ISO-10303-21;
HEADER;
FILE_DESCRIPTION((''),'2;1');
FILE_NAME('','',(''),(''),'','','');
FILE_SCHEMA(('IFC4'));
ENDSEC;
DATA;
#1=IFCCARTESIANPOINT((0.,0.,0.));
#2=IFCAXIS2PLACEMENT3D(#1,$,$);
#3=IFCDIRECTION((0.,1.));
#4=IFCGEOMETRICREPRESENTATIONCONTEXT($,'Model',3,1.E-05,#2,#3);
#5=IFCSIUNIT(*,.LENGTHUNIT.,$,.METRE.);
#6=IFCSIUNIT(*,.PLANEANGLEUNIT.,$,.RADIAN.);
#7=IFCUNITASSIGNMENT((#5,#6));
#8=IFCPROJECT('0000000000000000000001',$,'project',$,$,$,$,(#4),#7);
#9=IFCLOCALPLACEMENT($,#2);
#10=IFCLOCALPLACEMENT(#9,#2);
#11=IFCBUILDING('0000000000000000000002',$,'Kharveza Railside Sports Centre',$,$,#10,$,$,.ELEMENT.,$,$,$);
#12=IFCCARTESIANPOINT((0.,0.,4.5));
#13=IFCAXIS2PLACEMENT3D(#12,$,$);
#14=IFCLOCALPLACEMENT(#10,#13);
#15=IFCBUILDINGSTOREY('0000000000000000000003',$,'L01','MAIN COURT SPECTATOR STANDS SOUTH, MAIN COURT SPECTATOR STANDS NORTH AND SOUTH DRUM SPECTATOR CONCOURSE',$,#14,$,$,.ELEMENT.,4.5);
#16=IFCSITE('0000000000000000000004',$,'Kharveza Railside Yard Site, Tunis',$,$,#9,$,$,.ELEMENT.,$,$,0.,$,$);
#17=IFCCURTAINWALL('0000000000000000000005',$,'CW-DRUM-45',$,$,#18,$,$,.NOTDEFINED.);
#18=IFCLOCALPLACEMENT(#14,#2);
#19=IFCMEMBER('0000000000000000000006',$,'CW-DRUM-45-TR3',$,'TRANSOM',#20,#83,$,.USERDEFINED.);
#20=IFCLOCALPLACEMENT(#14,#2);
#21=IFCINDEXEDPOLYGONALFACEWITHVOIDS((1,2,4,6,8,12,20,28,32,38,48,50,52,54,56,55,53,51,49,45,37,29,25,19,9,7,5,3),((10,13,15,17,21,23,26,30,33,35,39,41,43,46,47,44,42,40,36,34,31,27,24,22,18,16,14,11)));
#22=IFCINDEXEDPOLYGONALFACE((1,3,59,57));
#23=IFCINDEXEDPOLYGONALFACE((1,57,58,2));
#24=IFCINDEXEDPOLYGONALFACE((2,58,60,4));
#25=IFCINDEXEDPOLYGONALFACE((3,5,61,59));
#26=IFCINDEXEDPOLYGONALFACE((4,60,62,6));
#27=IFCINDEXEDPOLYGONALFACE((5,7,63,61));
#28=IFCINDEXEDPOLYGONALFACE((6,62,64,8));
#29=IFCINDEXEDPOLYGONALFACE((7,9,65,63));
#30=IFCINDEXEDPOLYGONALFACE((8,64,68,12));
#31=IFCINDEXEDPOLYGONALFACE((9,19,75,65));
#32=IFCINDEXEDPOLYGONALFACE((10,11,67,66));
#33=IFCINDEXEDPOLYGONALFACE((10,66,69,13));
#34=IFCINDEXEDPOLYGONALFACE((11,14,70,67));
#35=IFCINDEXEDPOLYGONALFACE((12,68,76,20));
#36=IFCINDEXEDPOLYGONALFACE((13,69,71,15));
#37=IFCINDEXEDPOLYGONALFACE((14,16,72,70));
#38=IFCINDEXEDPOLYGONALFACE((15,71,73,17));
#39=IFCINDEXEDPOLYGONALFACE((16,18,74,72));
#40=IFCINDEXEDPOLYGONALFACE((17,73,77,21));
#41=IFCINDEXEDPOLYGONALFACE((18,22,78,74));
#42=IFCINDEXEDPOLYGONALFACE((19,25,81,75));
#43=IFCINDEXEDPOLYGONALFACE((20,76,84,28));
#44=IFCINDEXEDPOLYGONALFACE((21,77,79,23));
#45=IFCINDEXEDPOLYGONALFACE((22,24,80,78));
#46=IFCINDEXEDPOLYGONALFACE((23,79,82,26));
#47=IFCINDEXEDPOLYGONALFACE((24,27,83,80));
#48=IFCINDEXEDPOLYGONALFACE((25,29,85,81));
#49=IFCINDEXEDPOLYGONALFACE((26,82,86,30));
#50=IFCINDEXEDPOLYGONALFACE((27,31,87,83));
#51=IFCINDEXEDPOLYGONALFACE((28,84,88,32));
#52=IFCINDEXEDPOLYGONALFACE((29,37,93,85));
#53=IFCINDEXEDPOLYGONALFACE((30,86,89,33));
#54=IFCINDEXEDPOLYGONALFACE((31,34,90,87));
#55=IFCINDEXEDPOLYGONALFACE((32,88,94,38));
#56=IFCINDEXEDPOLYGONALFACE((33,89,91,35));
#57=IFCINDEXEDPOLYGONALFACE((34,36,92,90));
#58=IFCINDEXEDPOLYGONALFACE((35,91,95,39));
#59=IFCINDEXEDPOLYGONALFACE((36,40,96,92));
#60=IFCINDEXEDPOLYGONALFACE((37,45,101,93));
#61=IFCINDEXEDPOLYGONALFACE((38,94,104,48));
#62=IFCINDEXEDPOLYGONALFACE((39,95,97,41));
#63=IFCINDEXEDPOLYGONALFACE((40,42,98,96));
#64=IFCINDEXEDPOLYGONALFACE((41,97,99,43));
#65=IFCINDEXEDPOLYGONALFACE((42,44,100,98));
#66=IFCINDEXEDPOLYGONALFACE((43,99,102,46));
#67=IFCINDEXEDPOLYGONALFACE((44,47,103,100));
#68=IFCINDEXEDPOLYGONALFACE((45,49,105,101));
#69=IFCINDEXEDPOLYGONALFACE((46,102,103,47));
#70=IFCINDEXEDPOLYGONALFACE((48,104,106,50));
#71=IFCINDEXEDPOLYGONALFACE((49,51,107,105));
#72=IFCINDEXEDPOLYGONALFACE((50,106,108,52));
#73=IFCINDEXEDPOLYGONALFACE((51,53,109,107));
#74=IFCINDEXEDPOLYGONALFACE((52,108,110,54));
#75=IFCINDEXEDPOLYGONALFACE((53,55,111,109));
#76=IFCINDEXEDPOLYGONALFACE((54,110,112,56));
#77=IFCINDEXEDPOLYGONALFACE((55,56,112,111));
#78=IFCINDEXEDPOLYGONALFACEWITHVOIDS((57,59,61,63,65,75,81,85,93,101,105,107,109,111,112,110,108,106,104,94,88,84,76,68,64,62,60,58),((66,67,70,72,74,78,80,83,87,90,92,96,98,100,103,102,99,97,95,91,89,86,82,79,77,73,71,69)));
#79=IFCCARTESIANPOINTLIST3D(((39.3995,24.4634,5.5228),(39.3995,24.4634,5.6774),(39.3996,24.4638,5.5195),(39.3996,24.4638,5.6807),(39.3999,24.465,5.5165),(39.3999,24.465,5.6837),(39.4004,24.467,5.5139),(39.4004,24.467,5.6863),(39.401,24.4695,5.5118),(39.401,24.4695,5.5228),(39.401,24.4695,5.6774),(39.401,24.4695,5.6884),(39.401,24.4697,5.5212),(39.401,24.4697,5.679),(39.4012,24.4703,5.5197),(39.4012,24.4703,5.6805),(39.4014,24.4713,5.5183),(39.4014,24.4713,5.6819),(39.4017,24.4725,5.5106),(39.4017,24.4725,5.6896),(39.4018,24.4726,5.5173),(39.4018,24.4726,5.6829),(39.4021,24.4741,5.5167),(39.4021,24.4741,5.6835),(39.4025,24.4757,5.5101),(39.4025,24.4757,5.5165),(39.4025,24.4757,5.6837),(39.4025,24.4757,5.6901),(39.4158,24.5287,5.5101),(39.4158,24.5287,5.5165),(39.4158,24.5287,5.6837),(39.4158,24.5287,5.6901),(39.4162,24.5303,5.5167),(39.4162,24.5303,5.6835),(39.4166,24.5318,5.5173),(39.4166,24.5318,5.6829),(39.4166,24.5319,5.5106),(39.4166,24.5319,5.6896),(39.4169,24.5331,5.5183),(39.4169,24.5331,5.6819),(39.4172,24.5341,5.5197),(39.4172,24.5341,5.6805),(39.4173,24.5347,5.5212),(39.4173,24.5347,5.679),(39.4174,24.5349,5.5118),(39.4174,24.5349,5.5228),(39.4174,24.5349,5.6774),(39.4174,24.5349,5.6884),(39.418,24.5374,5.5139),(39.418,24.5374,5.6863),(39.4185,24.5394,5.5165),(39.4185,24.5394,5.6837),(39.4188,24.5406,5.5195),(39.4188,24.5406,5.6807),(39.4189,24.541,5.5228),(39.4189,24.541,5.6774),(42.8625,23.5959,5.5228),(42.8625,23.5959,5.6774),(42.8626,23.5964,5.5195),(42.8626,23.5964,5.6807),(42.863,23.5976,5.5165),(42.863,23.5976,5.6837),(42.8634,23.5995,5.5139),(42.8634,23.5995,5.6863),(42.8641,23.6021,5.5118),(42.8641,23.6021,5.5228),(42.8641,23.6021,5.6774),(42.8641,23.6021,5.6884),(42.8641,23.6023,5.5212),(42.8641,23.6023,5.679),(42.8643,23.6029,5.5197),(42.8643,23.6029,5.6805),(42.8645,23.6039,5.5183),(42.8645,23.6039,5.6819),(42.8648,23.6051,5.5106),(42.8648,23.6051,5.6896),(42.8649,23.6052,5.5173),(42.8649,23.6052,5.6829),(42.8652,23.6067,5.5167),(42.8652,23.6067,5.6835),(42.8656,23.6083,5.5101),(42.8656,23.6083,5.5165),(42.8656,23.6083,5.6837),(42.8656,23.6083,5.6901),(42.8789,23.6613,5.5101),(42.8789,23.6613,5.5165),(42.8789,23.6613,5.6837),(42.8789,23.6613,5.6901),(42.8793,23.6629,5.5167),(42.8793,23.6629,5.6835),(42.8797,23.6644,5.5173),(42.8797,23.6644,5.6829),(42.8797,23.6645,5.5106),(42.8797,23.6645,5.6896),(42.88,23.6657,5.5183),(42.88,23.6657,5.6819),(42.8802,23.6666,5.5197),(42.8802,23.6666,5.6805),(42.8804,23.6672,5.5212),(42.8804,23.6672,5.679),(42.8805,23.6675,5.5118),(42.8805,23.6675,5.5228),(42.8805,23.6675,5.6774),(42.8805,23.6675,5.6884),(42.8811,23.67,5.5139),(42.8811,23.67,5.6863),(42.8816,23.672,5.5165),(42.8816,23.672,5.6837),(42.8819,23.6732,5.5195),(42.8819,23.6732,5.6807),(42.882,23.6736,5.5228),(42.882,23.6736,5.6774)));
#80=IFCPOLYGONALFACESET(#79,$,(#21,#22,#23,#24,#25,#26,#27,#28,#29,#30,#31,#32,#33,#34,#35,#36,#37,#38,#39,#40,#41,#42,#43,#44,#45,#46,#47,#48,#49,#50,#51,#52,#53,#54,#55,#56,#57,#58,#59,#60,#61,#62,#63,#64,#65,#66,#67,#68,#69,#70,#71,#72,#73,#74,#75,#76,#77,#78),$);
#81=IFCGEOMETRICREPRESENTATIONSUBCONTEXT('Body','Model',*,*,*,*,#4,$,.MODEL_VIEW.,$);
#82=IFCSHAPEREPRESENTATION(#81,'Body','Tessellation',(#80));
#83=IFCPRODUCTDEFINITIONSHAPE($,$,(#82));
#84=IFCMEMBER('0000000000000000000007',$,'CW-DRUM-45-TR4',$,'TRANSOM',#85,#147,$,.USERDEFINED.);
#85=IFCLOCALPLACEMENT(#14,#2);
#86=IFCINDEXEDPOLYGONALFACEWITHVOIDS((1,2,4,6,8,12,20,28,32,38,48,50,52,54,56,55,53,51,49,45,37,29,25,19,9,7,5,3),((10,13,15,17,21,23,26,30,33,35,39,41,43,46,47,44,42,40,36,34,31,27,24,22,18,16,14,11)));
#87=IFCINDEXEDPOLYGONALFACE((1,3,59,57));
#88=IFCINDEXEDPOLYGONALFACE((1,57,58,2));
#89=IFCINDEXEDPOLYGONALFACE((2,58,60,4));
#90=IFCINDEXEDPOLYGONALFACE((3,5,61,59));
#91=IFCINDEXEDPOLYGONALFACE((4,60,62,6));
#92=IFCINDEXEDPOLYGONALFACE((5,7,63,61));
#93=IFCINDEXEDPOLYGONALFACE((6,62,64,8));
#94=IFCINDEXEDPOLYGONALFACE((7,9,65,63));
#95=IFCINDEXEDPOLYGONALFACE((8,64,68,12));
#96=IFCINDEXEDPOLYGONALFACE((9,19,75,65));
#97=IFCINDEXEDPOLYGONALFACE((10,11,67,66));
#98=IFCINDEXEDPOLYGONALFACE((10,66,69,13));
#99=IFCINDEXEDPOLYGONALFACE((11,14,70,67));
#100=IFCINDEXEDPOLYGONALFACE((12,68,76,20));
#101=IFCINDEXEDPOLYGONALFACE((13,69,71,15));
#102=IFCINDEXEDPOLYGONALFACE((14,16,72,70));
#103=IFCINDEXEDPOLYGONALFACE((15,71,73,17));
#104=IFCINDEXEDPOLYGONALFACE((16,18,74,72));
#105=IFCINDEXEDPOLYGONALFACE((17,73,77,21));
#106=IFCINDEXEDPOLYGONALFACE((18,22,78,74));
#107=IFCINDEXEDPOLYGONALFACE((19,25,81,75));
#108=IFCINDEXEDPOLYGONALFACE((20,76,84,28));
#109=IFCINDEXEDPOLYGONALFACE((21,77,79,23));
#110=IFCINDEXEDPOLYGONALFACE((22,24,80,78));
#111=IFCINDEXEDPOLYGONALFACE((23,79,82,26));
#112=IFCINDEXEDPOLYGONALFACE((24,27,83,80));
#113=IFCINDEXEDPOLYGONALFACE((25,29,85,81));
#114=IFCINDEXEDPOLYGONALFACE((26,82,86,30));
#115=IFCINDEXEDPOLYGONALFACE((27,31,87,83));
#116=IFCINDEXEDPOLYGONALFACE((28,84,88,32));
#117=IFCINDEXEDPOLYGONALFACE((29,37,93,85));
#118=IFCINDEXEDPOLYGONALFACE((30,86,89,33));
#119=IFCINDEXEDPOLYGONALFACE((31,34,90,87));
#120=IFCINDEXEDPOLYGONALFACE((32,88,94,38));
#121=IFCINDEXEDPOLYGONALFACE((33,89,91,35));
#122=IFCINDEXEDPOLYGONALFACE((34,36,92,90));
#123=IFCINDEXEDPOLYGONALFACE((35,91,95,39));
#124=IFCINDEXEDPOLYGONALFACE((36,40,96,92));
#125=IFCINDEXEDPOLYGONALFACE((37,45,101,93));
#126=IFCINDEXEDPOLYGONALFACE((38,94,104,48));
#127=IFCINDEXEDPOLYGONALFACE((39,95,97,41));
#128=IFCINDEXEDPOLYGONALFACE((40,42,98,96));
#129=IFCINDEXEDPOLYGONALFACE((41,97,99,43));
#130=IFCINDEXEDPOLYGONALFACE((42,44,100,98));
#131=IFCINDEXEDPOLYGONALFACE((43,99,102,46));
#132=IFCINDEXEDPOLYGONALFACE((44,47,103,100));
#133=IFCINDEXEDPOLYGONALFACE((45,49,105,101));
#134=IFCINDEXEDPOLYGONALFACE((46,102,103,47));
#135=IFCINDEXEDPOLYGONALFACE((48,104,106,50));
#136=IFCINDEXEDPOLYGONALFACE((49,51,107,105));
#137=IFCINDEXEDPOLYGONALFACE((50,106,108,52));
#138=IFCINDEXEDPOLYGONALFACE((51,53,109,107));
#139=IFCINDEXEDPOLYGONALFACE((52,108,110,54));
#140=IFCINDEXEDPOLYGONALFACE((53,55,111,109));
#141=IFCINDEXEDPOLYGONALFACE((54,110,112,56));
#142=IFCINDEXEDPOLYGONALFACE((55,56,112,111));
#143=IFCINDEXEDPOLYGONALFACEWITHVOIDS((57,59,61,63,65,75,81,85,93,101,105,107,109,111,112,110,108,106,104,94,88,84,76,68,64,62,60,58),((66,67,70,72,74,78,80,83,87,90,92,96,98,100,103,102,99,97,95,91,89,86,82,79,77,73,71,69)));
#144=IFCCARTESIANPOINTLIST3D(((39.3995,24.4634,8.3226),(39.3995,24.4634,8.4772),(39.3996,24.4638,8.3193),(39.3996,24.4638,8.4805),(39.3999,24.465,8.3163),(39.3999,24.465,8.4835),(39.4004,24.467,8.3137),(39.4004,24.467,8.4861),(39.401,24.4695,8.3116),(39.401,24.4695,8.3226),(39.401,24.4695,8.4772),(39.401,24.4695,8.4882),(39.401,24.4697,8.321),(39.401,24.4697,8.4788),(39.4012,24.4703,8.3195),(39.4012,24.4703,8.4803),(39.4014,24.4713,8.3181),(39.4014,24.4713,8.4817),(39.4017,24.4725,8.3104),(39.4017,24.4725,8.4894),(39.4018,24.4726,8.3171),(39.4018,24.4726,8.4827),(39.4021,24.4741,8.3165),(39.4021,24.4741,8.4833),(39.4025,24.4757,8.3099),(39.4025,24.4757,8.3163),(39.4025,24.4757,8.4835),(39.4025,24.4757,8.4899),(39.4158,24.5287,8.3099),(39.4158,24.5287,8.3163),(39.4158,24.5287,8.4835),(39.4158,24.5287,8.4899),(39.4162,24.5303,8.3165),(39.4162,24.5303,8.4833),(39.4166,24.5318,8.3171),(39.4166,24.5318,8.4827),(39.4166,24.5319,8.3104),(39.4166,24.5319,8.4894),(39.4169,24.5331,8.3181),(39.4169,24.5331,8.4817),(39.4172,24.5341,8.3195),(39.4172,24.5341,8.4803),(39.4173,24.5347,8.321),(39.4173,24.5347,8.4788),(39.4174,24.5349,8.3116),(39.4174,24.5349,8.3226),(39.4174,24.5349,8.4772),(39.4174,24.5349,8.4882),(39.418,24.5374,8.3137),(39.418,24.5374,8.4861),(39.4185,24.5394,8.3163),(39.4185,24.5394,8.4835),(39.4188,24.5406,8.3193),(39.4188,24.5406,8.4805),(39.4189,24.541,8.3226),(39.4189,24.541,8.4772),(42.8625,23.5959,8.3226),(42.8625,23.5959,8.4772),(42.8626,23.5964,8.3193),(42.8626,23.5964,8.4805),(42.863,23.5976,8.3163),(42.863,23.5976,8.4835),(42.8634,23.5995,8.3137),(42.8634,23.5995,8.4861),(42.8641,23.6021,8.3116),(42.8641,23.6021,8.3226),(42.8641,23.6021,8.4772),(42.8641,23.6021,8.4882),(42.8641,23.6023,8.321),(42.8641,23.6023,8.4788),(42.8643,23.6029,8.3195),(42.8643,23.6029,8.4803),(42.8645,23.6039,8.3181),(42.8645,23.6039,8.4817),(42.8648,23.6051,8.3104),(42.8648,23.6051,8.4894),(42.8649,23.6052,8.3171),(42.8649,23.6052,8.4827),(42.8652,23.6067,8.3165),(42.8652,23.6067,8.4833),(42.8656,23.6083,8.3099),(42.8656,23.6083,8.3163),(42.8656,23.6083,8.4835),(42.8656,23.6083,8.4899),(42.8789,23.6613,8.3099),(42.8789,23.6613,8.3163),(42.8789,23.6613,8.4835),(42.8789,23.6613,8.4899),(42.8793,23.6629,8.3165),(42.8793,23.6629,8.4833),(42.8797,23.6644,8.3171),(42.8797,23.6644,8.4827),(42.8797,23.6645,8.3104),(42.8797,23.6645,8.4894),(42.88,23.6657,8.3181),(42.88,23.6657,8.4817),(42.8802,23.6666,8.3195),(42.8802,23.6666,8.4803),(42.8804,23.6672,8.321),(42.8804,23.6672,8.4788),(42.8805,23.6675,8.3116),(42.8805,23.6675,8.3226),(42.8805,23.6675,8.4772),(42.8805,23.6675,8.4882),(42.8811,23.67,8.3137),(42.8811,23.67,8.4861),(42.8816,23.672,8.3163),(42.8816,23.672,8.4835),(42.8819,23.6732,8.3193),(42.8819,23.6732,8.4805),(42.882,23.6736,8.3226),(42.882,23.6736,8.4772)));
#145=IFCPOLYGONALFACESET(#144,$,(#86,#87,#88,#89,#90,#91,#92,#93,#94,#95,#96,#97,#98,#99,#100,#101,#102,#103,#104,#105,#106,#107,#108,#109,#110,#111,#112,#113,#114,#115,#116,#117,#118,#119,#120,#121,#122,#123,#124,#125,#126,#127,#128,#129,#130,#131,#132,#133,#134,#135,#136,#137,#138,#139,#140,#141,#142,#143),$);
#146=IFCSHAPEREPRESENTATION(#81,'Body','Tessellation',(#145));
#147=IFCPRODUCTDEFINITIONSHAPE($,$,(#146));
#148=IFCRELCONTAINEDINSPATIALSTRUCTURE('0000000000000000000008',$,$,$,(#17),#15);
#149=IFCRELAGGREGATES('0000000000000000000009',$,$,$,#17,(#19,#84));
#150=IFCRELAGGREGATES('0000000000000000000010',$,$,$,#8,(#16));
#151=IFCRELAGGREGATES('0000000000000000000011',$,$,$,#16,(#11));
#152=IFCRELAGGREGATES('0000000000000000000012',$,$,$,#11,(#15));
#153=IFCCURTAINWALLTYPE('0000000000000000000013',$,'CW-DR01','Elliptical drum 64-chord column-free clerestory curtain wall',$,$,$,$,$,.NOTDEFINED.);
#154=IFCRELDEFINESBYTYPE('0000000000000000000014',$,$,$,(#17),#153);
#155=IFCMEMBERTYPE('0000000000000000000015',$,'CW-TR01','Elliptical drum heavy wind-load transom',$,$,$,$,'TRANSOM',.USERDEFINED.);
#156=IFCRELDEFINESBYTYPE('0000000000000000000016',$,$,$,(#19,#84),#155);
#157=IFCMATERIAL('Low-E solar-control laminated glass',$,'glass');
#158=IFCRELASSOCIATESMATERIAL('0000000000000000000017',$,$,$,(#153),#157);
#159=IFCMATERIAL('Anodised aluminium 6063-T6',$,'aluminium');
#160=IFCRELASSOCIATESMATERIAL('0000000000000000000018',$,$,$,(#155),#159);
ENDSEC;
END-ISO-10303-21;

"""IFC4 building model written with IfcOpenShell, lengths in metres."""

from ifc_helpers import new_model, si_unit, direction, frame, origin, origin_2d, place, context, subcontext, project, spatial, hollow_rectangle, extrude, material, material_profile, profile_set, type_object, element, aggregate, save


model = new_model("IFC4")

# Units and contexts
model_context = context("Model", 3, precision=1e-05, world=origin(), true_north=direction((0.0, 1.0)))
body_context = subcontext(model_context, "Body", "Model", "MODEL_VIEW")
ifc_project = project(units=[si_unit("LENGTHUNIT", "METRE"), si_unit("PLANEANGLEUNIT", "RADIAN")], contexts=[model_context])

# Site, building, storey
site_placement = place(None, origin())
site = spatial("IfcSite", under=ifc_project, at=site_placement, Name="Kharveza Railside Yard Site, Tunis", CompositionType="ELEMENT", RefElevation=0.0)
building_placement = place(site_placement, origin())
building = spatial("IfcBuilding", under=site, at=building_placement, Name="Kharveza Railside Sports Centre", CompositionType="ELEMENT")
storey_placement = place(building_placement, frame((0.0, 0.0, 4.5)))
storey = spatial("IfcBuildingStorey", under=building, at=storey_placement, Name="L01", Description="MAIN COURT SPECTATOR STANDS SOUTH, MAIN COURT SPECTATOR STANDS NORTH AND SOUTH DRUM SPECTATOR CONCOURSE", CompositionType="ELEMENT", Elevation=4.5)

# Shared definitions
ifc_material_1 = material(Name="Low-E solar-control laminated glass", Category="glass")
curtain_wall_type = type_object("IfcCurtainWallType", Name="CW-DR01", Description="Elliptical drum 64-chord column-free clerestory curtain wall", PredefinedType="NOTDEFINED", material=ifc_material_1)
ifc_material_2 = material(Name="Anodised aluminium 6063-T6", Category="aluminium")

# Curtain wall
curtain_wall_1_placement = place(storey_placement, origin())
curtain_wall_1 = element("IfcCurtainWall", 1, at=curtain_wall_1_placement, inside=storey, type_object=curtain_wall_type, Name="CW-DRUM-45", PredefinedType="NOTDEFINED")

# Members
ifc_material_profile_1 = material_profile(ifc_material_2, hollow_rectangle(XDim=0.0801, YDim=0.1799, WallThickness=0.0063, InnerFilletRadius=0.0063, OuterFilletRadius=0.0127, at=origin_2d()), Name="RHS 80x180x6.3")
ifc_profile_set_1 = profile_set([ifc_material_profile_1], Name="Anodised aluminium 6063-T6")
member_type_1 = type_object("IfcMemberType", Name="CW-TR01", Description="Elliptical drum heavy wind-load transom", ElementType="TRANSOM", PredefinedType="USERDEFINED", material=ifc_profile_set_1)
member_1_placement = place(storey_placement, frame((39.4092, 24.5022, 5.6001), z_axis=(0.970034, -0.24297, 0.0), x_axis=(0.24297, 0.970034, 0.0)))
member_1 = element("IfcMember", 2, at=member_1_placement, type_object=member_type_1, Name="CW-DRUM-45-TR3", ObjectType="TRANSOM", PredefinedType="USERDEFINED", context=body_context, shape_type="SweptSolid", body=[
    extrude(hollow_rectangle(XDim=0.0801, YDim=0.1799, WallThickness=0.0063, InnerFilletRadius=0.0063, OuterFilletRadius=0.0127, at=origin_2d()), origin(), (0.0, 0.0, 1.0), 3.5701),
])
member_2_placement = place(storey_placement, frame((39.4092, 24.5022, 8.3999), z_axis=(0.970034, -0.24297, 0.0), x_axis=(0.24297, 0.970034, 0.0)))
member_2 = element("IfcMember", 3, at=member_2_placement, type_object=member_type_1, Name="CW-DRUM-45-TR4", ObjectType="TRANSOM", PredefinedType="USERDEFINED", context=body_context, shape_type="SweptSolid", body=[
    extrude(hollow_rectangle(XDim=0.0801, YDim=0.1799, WallThickness=0.0063, InnerFilletRadius=0.0063, OuterFilletRadius=0.0127, at=origin_2d()), origin(), (0.0, 0.0, 1.0), 3.5701),
])

aggregate(curtain_wall_1, [member_1, member_2])

save(model, "model.ifc")
